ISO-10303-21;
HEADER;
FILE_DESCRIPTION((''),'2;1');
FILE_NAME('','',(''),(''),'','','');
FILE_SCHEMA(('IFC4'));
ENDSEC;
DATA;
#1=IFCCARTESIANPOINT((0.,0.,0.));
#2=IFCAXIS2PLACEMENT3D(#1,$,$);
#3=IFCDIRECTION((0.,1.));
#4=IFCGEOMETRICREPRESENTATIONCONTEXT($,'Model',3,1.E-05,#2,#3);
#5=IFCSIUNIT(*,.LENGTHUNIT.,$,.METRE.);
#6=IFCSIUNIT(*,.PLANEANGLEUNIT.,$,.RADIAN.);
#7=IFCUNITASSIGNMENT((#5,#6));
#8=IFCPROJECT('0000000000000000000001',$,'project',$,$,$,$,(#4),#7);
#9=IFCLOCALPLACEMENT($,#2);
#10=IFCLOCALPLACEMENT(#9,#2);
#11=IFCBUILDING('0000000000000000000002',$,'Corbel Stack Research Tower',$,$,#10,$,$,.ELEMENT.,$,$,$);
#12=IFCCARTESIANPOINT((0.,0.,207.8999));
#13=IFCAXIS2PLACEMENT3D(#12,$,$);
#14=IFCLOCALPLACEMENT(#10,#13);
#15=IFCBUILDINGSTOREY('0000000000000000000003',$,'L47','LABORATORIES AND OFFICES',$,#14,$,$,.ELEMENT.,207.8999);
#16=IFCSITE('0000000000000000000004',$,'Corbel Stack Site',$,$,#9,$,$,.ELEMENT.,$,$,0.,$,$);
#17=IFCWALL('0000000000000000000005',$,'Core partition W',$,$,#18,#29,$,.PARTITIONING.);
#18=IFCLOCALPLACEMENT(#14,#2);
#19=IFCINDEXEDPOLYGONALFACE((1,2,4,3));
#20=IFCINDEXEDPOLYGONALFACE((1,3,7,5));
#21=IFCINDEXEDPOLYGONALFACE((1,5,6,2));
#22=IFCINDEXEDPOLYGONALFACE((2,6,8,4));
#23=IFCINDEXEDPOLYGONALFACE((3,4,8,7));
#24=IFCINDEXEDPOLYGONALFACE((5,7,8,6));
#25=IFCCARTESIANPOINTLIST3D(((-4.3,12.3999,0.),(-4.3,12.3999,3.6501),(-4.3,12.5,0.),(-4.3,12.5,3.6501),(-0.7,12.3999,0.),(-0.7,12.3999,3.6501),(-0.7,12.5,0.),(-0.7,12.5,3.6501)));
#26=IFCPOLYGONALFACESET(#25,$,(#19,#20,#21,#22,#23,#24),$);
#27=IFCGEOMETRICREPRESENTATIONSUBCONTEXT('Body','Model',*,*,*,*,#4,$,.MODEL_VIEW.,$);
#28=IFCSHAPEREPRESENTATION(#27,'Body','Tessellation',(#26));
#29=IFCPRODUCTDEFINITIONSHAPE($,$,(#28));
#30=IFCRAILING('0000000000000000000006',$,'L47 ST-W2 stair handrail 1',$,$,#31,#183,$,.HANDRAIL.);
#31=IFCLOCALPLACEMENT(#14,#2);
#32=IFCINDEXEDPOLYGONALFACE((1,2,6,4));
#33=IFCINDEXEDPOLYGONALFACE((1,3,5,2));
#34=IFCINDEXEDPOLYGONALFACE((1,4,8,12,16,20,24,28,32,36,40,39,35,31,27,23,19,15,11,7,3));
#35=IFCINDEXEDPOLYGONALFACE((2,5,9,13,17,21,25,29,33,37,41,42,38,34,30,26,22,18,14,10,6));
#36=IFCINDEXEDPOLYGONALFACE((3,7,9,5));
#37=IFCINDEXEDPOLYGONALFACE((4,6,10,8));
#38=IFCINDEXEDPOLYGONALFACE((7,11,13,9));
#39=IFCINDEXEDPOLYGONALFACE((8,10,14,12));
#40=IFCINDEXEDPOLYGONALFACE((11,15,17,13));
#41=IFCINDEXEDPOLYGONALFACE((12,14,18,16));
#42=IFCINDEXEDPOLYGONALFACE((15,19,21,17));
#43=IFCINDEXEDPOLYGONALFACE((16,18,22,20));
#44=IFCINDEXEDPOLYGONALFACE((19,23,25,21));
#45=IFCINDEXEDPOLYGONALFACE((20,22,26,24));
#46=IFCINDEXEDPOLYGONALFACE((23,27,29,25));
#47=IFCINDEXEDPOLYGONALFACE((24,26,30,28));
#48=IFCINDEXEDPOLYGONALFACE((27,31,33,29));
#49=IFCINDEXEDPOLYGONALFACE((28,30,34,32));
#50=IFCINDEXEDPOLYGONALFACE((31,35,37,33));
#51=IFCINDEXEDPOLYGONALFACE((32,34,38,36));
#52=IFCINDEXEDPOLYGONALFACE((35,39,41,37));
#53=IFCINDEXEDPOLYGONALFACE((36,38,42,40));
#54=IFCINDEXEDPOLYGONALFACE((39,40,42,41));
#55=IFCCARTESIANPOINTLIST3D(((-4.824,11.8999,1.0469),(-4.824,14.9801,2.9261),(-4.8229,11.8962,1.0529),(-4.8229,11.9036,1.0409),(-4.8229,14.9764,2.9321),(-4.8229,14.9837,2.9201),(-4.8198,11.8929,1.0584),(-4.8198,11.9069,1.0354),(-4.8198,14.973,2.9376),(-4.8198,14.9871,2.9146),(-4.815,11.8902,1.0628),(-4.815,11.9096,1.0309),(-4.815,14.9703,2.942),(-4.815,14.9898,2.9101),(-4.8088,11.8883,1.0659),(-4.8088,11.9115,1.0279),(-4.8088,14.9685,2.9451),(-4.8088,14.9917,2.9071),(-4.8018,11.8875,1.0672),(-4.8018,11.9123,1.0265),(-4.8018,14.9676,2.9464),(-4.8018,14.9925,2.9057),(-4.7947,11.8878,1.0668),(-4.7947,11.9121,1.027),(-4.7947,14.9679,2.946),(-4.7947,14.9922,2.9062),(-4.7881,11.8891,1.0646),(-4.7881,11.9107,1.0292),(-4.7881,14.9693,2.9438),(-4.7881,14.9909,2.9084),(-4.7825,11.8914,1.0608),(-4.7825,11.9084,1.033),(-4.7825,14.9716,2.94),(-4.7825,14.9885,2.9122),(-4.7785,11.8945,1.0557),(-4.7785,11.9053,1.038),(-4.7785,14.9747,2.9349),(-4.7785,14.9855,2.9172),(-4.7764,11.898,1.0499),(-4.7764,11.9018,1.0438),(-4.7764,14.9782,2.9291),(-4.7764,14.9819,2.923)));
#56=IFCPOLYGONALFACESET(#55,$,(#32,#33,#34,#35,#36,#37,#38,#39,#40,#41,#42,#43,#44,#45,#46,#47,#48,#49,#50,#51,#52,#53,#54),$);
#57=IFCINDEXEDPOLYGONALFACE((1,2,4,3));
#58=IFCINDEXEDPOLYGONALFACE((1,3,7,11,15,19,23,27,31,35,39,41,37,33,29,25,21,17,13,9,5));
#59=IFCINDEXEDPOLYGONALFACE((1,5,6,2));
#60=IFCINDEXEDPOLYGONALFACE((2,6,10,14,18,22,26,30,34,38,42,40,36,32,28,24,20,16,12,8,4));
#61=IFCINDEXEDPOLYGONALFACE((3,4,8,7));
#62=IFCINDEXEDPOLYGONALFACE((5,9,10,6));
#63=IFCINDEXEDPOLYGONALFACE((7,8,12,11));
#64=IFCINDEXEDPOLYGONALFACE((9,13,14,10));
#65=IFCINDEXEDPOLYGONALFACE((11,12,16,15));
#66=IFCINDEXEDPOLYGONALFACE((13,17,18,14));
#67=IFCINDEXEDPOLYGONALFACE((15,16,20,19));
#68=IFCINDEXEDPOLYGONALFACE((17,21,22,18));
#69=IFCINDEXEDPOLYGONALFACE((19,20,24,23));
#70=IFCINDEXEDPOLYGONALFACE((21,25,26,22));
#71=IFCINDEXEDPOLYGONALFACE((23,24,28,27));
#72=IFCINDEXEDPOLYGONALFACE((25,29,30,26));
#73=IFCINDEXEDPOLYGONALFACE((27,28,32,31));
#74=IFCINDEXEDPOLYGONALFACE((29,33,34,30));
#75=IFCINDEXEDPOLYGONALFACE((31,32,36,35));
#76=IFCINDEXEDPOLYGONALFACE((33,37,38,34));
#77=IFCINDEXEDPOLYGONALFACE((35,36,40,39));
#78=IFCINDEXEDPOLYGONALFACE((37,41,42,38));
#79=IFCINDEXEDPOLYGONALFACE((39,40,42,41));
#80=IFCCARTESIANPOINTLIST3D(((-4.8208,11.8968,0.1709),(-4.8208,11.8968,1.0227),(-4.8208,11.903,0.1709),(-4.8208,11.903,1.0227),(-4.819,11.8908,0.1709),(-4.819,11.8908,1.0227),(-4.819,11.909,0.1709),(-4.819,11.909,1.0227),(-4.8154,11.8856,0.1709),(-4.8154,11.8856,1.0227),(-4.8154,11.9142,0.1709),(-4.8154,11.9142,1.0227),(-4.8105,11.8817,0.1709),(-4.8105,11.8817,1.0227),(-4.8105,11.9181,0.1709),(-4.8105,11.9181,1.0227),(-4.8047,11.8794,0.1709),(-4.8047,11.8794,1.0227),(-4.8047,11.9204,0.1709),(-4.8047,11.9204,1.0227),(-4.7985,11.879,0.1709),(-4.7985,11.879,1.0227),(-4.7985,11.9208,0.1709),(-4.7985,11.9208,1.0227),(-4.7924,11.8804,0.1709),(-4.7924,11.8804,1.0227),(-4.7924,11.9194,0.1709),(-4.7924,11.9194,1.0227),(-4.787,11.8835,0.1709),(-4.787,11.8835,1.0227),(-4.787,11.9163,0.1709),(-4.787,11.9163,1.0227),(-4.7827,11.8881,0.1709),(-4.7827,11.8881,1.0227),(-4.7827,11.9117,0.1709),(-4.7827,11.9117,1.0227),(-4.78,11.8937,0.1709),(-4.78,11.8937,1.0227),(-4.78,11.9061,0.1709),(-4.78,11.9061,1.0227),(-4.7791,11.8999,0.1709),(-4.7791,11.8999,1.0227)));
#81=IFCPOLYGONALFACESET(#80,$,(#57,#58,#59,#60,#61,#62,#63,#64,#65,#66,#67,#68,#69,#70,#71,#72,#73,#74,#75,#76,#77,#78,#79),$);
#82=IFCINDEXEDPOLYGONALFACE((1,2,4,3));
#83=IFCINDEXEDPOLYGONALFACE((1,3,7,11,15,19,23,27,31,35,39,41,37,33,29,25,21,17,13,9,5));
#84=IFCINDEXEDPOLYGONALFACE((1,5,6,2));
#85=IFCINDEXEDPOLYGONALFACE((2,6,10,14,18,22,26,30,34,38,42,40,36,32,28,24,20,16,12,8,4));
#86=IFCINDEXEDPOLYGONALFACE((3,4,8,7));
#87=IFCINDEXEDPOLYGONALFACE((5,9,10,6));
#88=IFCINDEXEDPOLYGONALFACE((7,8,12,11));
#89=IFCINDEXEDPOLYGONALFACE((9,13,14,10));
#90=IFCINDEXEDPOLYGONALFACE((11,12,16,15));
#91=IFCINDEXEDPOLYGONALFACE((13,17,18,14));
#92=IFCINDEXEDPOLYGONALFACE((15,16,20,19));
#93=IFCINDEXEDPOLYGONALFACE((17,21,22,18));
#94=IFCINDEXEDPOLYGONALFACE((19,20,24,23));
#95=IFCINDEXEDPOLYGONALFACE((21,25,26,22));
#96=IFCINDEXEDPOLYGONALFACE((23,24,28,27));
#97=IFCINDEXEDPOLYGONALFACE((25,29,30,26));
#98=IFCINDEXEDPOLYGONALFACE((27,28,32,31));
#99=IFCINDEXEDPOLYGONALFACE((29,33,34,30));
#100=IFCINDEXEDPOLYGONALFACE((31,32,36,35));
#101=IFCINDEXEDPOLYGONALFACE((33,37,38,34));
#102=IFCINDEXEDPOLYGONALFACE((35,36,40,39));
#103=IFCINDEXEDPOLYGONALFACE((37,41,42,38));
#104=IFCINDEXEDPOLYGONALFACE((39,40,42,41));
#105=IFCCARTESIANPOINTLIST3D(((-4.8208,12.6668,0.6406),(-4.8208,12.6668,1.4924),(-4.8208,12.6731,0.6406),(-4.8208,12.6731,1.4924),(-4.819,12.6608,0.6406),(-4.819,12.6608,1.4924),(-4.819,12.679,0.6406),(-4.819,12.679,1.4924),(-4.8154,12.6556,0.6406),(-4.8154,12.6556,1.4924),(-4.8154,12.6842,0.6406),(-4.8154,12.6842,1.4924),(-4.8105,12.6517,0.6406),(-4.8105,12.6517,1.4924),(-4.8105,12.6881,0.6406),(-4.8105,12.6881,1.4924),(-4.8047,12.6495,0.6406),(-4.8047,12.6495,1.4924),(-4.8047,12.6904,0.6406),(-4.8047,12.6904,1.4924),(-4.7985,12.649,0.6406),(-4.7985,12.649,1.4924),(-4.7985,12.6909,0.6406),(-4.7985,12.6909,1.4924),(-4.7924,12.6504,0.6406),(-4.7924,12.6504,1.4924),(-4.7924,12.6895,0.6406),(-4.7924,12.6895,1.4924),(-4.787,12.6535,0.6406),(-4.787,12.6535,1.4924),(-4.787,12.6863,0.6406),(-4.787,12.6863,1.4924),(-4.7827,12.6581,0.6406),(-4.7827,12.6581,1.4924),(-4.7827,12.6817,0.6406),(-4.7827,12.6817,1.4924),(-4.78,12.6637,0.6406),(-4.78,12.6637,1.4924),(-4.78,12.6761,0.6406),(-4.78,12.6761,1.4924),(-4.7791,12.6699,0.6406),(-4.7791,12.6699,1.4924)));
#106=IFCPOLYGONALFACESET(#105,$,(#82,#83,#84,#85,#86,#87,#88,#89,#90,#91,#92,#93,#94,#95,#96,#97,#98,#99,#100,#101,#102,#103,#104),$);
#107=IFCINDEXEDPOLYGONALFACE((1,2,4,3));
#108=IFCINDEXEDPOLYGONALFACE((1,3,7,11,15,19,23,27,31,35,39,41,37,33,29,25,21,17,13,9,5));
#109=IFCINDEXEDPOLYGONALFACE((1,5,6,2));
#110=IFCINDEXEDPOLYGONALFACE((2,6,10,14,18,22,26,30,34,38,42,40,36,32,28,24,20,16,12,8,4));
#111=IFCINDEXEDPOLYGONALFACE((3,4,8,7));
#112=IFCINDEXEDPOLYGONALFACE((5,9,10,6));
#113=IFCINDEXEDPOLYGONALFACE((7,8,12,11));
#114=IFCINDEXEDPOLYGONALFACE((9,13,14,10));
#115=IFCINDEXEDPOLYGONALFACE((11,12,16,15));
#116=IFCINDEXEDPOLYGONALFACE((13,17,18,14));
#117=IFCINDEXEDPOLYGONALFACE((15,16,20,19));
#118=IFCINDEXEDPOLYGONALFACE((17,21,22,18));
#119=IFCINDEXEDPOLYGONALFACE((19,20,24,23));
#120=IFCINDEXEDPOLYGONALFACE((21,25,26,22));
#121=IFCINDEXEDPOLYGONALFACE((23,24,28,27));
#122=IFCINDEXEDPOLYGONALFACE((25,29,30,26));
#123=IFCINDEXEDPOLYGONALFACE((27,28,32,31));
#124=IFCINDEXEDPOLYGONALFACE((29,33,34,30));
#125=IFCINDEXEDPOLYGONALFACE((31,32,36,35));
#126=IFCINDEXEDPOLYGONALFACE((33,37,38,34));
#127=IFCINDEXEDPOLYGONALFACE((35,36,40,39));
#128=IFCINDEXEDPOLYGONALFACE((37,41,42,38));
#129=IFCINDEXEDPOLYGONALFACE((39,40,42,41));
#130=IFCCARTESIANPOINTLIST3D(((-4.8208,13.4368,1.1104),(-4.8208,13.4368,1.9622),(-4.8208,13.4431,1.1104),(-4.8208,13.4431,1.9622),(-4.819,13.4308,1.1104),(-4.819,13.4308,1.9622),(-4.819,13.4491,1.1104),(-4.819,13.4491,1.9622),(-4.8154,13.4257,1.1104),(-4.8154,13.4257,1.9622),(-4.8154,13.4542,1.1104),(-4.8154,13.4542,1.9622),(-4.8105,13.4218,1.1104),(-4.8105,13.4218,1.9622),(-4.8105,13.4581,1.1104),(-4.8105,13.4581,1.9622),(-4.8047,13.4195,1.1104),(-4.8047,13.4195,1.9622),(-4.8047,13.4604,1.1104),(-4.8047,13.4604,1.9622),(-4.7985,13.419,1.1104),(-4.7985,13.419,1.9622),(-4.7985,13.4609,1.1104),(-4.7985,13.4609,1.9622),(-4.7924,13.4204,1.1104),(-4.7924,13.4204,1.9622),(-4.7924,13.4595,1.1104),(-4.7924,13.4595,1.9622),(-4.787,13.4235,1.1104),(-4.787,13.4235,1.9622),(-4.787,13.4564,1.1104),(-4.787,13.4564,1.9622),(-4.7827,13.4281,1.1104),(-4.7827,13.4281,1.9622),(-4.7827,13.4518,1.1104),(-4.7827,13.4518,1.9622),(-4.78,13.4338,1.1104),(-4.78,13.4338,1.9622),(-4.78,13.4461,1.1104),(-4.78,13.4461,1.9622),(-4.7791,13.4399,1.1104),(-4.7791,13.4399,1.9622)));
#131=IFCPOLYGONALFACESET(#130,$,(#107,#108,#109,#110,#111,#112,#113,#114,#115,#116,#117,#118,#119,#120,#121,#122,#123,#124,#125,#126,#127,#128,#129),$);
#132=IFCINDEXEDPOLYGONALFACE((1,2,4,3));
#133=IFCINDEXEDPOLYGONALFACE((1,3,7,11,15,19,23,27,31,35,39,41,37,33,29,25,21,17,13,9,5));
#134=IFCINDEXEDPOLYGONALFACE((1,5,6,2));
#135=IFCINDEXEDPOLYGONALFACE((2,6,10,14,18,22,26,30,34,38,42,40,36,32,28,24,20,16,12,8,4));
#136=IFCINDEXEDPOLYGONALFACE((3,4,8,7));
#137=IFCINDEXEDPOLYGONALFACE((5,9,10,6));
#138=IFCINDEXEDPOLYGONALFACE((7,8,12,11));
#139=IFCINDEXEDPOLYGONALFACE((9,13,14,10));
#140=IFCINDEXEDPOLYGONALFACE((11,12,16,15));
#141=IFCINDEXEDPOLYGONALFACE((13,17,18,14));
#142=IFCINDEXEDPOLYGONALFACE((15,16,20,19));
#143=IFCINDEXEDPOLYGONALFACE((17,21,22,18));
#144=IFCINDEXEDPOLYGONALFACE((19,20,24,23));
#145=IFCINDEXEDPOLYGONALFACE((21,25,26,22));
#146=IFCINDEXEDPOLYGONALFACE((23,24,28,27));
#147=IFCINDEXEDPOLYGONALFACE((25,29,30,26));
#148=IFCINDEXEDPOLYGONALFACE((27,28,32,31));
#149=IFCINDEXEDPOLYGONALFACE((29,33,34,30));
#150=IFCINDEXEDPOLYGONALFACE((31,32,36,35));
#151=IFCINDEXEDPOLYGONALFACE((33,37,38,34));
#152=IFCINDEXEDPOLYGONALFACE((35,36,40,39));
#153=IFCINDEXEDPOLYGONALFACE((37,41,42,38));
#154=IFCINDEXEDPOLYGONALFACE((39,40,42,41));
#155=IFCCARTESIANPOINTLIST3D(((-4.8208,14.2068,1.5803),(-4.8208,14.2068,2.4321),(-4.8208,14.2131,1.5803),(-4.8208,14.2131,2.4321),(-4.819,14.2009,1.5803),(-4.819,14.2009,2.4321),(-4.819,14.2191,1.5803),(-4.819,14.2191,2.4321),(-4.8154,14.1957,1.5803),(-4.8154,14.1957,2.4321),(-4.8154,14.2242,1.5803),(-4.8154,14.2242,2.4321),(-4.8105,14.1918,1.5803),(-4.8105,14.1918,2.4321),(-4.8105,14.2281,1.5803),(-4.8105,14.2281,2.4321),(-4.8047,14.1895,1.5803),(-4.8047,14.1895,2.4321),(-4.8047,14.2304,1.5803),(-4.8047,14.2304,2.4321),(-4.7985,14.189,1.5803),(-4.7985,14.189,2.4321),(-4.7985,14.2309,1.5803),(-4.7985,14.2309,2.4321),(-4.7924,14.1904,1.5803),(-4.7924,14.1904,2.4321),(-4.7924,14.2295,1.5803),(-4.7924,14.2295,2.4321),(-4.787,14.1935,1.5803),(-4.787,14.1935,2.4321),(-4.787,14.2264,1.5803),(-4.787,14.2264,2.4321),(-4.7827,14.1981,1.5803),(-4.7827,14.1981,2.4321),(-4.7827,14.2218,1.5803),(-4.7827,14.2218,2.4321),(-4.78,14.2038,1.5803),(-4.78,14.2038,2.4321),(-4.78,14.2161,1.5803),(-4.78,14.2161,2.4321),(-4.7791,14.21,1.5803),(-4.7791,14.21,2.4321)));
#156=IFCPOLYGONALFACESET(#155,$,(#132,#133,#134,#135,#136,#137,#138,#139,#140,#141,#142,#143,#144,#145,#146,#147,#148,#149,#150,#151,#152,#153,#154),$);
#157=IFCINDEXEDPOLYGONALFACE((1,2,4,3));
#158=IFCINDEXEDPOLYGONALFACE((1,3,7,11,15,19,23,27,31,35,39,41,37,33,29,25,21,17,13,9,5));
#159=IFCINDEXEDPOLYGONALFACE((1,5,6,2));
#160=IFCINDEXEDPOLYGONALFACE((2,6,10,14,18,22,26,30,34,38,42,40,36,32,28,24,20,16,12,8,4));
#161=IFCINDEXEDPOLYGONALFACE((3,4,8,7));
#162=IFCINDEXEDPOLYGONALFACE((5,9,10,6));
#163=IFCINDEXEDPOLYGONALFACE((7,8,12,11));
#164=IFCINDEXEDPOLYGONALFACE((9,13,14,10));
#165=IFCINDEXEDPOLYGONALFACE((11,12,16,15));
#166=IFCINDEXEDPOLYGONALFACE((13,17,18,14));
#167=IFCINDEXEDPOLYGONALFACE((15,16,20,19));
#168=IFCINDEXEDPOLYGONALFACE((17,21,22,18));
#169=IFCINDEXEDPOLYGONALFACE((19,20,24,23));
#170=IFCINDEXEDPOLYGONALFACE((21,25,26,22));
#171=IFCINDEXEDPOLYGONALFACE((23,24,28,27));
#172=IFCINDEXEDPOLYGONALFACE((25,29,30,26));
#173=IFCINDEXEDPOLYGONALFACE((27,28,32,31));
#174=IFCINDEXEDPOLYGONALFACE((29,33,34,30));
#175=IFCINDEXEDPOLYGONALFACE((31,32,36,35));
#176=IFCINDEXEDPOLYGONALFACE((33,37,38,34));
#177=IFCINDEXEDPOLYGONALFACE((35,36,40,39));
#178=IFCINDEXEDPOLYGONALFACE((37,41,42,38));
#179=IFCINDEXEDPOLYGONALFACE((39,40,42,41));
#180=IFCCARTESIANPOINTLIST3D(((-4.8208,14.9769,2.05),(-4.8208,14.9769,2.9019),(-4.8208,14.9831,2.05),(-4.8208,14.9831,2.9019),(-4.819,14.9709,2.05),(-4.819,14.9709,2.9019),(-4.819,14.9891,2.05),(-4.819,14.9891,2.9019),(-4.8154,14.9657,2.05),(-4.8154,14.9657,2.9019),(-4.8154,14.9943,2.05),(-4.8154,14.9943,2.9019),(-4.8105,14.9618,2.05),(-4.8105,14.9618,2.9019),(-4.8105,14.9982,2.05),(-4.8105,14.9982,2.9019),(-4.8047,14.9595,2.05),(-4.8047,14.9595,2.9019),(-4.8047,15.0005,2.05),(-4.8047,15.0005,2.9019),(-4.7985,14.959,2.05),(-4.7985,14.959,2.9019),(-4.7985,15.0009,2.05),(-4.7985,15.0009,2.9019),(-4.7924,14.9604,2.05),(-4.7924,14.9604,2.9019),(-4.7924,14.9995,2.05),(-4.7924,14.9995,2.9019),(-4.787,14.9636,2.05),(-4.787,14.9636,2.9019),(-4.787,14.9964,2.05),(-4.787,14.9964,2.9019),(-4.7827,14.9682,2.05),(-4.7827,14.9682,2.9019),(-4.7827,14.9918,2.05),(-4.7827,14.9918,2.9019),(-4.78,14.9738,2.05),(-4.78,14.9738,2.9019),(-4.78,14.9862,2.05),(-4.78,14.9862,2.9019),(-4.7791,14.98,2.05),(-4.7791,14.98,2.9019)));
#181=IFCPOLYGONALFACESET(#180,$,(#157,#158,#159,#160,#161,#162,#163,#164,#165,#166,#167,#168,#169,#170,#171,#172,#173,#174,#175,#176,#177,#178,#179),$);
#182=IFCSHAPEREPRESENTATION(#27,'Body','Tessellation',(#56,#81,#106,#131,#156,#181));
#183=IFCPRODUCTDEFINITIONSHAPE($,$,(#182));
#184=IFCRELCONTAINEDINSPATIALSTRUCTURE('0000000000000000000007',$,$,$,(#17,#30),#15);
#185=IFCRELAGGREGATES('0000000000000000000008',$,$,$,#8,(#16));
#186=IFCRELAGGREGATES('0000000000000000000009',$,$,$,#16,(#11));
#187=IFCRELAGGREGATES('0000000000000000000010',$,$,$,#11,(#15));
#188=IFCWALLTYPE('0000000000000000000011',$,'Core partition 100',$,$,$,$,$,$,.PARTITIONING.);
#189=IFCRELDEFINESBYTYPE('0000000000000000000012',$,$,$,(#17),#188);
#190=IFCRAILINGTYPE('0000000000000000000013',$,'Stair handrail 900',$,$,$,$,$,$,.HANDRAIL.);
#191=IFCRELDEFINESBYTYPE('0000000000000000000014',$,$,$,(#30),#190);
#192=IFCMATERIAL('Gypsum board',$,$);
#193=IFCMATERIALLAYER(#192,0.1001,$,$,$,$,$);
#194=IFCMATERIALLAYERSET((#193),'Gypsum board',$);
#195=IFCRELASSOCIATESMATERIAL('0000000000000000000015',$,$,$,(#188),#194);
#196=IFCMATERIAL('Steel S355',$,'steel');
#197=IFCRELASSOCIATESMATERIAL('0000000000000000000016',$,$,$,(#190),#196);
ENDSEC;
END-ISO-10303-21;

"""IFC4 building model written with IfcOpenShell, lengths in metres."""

from ifc_helpers import new_model, si_unit, direction, frame, frame_2d, origin, origin_2d, place, context, subcontext, project, spatial, rectangle, circle, extrude, material, layer, layer_set, type_object, element, save


model = new_model("IFC4")

# Units and contexts
model_context = context("Model", 3, precision=1e-05, world=origin(), true_north=direction((0.0, 1.0)))
body_context = subcontext(model_context, "Body", "Model", "MODEL_VIEW")
ifc_project = project(units=[si_unit("LENGTHUNIT", "METRE"), si_unit("PLANEANGLEUNIT", "RADIAN")], contexts=[model_context])

# Site, building, storey
site_placement = place(None, origin())
site = spatial("IfcSite", under=ifc_project, at=site_placement, Name="Corbel Stack Site", CompositionType="ELEMENT", RefElevation=0.0)
building_placement = place(site_placement, origin())
building = spatial("IfcBuilding", under=site, at=building_placement, Name="Corbel Stack Research Tower", CompositionType="ELEMENT")
storey_placement = place(building_placement, frame((0.0, 0.0, 207.8999)))
storey = spatial("IfcBuildingStorey", under=building, at=storey_placement, Name="L47", Description="LABORATORIES AND OFFICES", CompositionType="ELEMENT", Elevation=207.8999)

# Shared definitions
ifc_material_1 = material(Name="Gypsum board")
ifc_layer_1 = layer(ifc_material_1, 0.1001)
ifc_layer_set_1 = layer_set([ifc_layer_1], Name="Gypsum board")
wall_type_1 = type_object("IfcWallType", Name="Core partition 100", PredefinedType="PARTITIONING", material=ifc_layer_set_1)

# Wall
wall_1_placement = place(storey_placement, frame((-4.3, 12.45, 0.0), z_axis=(0.0, 0.0, 1.0), x_axis=(1.0, 0.0, 0.0)))
element("IfcWall", 1, at=wall_1_placement, inside=storey, type_object=wall_type_1, Name="Core partition W", PredefinedType="PARTITIONING", context=body_context, shape_type="SweptSolid", body=[
    extrude(rectangle(XDim=3.6001, YDim=0.1001, at=frame_2d((1.8, 0.0))), origin(), (0.0, 0.0, 1.0), 3.6501),
])

# Railing
ifc_material_2 = material(Name="Steel S355", Category="steel")
railing_type = type_object("IfcRailingType", Name="Stair handrail 900", PredefinedType="HANDRAIL", material=ifc_material_2)
railing_placement = place(storey_placement, frame((-4.8, 11.8999, 0.1709)))
element("IfcRailing", 2, at=railing_placement, inside=storey, type_object=railing_type, Name="L47 ST-W2 stair handrail 1", PredefinedType="HANDRAIL", context=body_context, shape_type="SweptSolid", body=[
    extrude(circle(Radius=0.0239, at=origin_2d()), frame((0.0, 0.0, 0.876), z_axis=(0.0, 0.853666, 0.52082), x_axis=(-1.0, 0.0, 0.0)), (0.0, 0.0, 1.0), 3.6082),
    extrude(circle(Radius=0.021, at=origin_2d()), origin(), (0.0, 0.0, 1.0), 0.8518),
    extrude(circle(Radius=0.021, at=origin_2d()), frame((0.0, 0.77, 0.4697)), (0.0, 0.0, 1.0), 0.8518),
    extrude(circle(Radius=0.021, at=origin_2d()), frame((0.0, 1.54, 0.9395)), (0.0, 0.0, 1.0), 0.8518),
    extrude(circle(Radius=0.021, at=origin_2d()), frame((0.0, 2.3101, 1.4094)), (0.0, 0.0, 1.0), 0.8518),
    extrude(circle(Radius=0.021, at=origin_2d()), frame((0.0, 3.0801, 1.8792)), (0.0, 0.0, 1.0), 0.8518),
])

save(model, "model.ifc")
